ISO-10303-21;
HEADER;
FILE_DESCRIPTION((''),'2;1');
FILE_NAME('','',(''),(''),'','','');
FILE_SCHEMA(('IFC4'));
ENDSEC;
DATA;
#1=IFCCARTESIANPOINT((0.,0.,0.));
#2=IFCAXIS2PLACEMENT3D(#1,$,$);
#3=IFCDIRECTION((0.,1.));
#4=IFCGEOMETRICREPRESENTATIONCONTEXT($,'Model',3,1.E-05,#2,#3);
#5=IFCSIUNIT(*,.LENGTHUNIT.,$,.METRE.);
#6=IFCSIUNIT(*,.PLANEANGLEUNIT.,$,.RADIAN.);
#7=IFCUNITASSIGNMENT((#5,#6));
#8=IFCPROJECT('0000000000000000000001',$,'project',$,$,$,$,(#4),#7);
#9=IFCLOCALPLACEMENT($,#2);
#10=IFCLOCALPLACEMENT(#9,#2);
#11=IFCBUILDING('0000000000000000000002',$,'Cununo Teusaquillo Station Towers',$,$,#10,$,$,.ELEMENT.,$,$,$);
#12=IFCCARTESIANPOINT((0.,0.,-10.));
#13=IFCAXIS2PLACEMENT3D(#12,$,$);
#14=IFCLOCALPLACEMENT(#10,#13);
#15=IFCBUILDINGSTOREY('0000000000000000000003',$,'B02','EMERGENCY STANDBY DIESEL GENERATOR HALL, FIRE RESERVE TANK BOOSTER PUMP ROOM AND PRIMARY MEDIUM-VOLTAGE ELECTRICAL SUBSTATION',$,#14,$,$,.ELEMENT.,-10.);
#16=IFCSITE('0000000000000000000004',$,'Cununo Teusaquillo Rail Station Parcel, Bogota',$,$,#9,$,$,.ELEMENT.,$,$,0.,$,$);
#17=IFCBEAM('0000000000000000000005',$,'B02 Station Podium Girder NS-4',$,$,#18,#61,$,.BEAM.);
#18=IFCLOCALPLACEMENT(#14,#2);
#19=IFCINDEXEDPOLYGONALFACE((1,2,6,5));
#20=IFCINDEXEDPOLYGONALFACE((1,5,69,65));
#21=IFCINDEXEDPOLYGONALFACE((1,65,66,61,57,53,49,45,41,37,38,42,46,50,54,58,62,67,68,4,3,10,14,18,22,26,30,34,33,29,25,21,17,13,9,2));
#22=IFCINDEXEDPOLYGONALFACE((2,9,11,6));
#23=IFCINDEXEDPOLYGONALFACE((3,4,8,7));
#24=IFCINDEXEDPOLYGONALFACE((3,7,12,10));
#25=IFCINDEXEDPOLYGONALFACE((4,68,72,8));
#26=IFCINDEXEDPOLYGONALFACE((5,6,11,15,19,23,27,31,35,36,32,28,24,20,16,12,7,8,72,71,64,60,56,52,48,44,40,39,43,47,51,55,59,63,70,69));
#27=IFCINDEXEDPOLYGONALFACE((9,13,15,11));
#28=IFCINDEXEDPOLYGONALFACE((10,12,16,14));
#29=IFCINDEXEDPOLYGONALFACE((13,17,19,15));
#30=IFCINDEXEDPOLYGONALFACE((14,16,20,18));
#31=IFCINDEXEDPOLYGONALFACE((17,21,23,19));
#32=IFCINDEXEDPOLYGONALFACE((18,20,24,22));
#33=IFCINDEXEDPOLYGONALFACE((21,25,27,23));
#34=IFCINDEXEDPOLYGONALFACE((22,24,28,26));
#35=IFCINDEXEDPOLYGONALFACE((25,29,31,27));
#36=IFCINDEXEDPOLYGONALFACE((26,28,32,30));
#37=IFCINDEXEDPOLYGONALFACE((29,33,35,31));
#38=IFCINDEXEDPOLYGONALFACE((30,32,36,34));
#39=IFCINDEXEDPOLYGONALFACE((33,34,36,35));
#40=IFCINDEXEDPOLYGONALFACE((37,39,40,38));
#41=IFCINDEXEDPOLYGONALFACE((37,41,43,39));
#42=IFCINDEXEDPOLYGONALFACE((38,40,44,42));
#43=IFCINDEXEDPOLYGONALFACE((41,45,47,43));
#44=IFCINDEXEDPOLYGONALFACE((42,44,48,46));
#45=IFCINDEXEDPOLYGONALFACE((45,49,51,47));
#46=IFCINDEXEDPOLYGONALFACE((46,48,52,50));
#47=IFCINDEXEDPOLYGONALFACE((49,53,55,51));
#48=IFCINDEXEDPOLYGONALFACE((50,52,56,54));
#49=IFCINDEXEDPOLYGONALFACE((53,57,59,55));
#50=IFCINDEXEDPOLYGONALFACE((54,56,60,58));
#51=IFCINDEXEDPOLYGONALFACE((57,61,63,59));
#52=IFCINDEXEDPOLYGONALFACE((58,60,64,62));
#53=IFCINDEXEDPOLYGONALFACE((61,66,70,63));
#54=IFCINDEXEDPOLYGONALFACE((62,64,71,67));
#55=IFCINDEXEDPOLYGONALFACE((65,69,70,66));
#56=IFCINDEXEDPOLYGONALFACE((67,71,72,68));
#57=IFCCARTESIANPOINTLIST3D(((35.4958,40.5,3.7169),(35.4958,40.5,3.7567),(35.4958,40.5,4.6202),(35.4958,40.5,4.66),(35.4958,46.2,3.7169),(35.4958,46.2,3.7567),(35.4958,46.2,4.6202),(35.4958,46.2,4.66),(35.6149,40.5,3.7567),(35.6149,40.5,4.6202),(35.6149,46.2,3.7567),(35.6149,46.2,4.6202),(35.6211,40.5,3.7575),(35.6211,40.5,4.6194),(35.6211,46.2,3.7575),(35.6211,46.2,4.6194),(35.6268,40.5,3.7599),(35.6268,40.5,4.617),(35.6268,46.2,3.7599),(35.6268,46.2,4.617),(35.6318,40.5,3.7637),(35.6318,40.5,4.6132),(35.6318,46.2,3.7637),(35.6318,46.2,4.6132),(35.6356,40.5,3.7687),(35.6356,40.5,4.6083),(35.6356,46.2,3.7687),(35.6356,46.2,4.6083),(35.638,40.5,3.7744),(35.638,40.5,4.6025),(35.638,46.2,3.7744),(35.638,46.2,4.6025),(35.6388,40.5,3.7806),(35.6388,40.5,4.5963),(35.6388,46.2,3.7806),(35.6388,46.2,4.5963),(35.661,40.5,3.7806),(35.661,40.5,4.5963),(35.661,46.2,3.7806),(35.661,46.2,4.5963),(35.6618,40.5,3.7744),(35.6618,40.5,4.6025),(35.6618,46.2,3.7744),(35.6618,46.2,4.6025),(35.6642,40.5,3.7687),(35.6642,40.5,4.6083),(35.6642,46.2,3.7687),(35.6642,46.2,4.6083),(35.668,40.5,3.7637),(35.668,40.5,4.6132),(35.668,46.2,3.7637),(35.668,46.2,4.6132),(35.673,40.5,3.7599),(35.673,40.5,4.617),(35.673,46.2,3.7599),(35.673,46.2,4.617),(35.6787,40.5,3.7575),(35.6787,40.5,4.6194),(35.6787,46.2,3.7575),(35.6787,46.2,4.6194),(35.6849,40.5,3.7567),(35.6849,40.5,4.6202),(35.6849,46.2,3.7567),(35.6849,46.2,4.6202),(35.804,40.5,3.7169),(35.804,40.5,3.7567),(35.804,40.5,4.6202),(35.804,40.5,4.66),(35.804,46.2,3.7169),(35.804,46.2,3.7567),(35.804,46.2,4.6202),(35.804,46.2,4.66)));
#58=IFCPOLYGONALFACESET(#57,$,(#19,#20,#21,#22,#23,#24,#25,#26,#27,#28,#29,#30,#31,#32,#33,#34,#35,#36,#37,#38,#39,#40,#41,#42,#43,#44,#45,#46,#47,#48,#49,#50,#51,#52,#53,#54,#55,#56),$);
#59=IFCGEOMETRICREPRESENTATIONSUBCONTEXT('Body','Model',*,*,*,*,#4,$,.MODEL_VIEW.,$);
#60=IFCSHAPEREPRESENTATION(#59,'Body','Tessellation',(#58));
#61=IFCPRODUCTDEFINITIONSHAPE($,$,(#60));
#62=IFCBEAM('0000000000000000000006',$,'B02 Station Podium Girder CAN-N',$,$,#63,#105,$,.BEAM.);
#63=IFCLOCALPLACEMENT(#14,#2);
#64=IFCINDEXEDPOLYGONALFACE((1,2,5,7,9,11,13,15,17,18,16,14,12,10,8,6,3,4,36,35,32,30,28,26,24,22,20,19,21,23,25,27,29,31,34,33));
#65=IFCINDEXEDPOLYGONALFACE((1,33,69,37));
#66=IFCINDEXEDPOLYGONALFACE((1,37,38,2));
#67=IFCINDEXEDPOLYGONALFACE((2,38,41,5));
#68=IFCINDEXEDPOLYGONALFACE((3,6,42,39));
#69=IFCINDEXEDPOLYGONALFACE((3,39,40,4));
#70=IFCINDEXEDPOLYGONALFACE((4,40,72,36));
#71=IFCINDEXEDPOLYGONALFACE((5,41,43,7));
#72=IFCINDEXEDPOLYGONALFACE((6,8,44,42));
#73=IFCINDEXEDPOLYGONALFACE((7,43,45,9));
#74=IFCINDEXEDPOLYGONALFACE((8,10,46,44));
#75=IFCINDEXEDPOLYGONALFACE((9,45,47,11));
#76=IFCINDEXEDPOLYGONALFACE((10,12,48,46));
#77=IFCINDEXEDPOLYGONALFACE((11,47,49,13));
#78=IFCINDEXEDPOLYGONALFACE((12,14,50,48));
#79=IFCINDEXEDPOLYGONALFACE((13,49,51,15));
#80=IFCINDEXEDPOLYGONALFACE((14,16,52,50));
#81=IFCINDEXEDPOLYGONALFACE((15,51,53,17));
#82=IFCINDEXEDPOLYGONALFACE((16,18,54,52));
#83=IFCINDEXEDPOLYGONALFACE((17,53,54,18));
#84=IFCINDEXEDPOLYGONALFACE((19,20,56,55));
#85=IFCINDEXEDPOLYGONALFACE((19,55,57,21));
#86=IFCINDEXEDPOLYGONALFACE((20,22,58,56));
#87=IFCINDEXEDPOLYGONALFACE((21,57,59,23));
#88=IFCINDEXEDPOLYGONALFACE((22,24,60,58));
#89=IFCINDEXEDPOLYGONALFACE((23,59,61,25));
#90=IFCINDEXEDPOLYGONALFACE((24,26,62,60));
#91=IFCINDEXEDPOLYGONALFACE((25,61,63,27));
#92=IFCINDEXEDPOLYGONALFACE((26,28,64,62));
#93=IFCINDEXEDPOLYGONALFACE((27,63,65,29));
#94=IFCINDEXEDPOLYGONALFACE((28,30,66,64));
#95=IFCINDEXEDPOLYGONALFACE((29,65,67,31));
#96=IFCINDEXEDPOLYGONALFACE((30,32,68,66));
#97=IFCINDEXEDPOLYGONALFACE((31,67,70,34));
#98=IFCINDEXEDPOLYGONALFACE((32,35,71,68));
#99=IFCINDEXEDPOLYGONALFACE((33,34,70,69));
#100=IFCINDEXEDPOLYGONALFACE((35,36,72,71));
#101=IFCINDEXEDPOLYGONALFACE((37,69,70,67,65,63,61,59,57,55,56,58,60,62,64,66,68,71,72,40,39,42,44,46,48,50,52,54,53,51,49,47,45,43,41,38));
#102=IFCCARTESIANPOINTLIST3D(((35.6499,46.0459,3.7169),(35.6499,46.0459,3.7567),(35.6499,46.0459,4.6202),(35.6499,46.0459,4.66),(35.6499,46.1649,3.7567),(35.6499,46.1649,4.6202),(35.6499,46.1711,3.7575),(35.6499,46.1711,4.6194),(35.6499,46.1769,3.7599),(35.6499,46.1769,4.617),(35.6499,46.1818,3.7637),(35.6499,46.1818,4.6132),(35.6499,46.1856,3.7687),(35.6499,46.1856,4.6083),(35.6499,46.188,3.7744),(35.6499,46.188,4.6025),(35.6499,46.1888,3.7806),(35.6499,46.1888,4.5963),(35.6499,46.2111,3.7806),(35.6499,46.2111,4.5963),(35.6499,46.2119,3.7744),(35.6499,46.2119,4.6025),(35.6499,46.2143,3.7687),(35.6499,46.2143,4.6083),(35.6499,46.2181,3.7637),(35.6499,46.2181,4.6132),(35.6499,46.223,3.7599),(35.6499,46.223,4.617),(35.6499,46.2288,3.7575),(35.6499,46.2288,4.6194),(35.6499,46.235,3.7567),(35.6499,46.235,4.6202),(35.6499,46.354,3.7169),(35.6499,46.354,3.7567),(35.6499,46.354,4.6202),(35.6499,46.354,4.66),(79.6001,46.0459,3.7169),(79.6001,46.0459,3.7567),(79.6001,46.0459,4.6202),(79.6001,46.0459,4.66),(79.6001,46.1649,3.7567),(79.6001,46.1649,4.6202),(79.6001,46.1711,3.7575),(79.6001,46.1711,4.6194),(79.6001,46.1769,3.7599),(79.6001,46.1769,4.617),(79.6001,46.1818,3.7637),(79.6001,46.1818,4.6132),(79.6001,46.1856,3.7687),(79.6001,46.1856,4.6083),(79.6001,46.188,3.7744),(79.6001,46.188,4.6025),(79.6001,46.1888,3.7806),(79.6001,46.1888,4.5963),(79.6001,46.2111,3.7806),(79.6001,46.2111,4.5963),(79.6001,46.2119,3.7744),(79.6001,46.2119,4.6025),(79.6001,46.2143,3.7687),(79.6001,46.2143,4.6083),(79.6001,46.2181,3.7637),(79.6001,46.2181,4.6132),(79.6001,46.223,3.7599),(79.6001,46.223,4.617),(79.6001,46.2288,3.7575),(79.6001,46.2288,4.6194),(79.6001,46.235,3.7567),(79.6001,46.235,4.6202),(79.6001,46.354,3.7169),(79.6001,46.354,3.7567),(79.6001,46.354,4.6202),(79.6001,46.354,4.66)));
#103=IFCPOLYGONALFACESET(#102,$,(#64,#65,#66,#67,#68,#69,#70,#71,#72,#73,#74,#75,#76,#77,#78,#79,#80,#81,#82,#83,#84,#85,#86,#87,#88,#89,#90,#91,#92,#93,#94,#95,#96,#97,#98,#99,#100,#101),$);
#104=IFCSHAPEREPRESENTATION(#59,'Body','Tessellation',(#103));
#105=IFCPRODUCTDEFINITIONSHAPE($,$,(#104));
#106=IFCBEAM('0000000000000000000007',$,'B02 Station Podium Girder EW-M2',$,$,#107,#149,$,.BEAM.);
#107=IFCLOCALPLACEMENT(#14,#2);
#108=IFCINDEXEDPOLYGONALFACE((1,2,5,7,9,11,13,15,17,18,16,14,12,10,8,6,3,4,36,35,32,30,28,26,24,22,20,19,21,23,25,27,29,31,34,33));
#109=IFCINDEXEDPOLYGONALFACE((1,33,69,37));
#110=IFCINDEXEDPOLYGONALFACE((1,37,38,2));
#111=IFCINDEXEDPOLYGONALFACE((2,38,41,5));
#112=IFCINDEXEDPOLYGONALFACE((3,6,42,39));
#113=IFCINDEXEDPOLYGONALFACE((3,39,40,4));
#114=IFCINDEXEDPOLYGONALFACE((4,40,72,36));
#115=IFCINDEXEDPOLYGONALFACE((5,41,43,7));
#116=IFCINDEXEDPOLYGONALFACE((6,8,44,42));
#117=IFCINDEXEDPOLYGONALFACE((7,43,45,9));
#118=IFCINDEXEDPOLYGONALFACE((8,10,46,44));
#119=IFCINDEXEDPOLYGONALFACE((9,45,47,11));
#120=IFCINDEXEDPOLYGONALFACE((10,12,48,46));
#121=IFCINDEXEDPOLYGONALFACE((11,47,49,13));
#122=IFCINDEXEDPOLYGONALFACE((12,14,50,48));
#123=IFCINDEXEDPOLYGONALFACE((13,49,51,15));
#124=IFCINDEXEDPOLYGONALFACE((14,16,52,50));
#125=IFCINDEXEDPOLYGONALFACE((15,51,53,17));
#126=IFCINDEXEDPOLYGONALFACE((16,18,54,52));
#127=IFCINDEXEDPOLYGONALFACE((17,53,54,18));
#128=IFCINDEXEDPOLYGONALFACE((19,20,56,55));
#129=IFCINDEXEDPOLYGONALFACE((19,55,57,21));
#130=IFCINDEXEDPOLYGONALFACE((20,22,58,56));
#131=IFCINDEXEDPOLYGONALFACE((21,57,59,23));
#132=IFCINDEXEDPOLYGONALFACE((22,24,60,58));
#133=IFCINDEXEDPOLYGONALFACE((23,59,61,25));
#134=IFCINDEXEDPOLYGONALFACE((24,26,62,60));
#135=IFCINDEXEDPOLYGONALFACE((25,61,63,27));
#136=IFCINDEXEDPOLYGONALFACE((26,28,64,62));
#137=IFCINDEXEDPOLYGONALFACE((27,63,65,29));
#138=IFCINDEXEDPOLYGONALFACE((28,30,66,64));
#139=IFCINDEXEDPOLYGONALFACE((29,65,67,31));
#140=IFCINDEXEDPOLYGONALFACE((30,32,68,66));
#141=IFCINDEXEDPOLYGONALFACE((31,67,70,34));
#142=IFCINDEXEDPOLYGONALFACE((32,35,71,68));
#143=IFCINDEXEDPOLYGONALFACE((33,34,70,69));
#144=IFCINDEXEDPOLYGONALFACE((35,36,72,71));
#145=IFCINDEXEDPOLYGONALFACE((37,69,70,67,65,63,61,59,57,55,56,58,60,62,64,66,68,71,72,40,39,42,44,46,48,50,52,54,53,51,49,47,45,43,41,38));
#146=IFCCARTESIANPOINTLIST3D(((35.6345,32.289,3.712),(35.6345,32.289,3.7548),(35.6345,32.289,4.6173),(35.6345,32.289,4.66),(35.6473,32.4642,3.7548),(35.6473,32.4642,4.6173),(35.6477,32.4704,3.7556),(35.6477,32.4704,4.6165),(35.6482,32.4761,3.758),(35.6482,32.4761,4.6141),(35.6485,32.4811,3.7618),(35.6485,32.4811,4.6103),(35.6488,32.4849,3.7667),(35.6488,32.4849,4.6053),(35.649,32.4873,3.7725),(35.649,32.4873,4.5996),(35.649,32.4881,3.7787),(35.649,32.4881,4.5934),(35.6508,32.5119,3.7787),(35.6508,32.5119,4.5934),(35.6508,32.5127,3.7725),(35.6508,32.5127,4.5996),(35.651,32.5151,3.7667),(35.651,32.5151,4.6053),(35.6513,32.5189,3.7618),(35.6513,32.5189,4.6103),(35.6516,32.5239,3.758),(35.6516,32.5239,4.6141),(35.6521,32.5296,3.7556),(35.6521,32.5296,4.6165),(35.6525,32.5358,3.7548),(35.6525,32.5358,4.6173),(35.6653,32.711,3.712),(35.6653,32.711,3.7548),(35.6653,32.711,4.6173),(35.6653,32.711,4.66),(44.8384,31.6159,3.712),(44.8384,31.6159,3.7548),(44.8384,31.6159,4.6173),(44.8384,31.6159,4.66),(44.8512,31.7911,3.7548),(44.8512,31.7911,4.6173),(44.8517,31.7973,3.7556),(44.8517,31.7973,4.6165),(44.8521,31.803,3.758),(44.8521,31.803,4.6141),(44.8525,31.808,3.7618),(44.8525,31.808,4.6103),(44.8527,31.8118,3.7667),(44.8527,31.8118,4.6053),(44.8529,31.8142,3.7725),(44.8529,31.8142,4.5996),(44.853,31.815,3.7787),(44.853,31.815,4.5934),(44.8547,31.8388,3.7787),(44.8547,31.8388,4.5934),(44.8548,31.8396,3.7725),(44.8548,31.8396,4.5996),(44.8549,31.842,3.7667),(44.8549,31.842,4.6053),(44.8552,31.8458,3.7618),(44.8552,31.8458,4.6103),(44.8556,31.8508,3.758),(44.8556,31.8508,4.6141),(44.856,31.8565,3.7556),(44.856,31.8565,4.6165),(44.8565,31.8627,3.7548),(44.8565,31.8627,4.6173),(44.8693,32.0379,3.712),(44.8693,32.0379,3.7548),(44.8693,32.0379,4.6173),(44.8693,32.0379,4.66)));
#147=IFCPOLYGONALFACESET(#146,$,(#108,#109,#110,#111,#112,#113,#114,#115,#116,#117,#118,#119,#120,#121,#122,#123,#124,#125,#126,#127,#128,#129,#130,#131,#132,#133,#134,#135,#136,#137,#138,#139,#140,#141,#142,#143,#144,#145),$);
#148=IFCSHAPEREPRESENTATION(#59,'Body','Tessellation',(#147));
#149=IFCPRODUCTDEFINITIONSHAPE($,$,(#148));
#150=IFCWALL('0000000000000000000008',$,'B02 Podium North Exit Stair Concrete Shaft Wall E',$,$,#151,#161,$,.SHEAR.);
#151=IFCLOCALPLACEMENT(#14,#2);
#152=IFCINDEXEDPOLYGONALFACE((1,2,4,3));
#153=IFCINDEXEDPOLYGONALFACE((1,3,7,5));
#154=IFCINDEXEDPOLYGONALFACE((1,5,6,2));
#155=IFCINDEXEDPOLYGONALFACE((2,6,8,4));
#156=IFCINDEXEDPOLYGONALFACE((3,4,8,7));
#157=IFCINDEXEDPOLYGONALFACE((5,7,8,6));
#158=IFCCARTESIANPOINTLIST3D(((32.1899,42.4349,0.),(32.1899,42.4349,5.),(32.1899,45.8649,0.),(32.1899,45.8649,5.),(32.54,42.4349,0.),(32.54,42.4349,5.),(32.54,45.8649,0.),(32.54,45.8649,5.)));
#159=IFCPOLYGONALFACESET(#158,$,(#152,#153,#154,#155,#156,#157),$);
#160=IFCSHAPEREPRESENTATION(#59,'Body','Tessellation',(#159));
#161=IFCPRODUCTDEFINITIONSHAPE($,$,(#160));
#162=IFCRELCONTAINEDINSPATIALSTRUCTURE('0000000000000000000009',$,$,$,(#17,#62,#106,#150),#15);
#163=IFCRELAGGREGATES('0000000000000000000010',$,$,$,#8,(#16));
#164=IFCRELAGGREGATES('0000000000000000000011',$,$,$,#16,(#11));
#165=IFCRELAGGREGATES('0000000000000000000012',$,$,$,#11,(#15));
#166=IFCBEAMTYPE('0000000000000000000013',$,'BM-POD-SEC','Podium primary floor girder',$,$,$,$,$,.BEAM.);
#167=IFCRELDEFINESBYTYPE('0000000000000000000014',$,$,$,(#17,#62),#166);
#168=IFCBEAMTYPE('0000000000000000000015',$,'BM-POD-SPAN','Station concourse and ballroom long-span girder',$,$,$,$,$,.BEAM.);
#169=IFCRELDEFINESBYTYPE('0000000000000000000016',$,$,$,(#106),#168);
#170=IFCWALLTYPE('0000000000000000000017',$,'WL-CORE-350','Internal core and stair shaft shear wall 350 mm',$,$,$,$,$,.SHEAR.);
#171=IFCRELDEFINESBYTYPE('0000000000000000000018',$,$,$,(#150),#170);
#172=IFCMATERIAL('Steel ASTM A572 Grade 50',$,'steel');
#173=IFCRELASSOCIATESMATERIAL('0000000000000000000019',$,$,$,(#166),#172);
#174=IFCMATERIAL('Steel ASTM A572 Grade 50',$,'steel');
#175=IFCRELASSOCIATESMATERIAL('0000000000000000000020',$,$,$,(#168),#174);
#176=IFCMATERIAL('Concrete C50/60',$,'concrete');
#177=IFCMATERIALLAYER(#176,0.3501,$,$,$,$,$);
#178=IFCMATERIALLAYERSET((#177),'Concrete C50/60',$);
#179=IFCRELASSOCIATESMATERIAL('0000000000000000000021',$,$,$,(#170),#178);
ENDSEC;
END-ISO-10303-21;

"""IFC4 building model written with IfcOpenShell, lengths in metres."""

from ifc_helpers import new_model, si_unit, direction, frame, frame_2d, origin, origin_2d, place, context, subcontext, project, spatial, rectangle, i_section, extrude, material, layer, layer_set, material_profile, profile_set, type_object, element, save


model = new_model("IFC4")

# Units and contexts
model_context = context("Model", 3, precision=1e-05, world=origin(), true_north=direction((0.0, 1.0)))
body_context = subcontext(model_context, "Body", "Model", "MODEL_VIEW")
ifc_project = project(units=[si_unit("LENGTHUNIT", "METRE"), si_unit("PLANEANGLEUNIT", "RADIAN")], contexts=[model_context])

# Site, building, storey
site_placement = place(None, origin())
site = spatial("IfcSite", under=ifc_project, at=site_placement, Name="Cununo Teusaquillo Rail Station Parcel, Bogota", CompositionType="ELEMENT", RefElevation=0.0)
building_placement = place(site_placement, origin())
building = spatial("IfcBuilding", under=site, at=building_placement, Name="Cununo Teusaquillo Station Towers", CompositionType="ELEMENT")
storey_placement = place(building_placement, frame((0.0, 0.0, -10.0)))
storey = spatial("IfcBuildingStorey", under=building, at=storey_placement, Name="B02", Description="EMERGENCY STANDBY DIESEL GENERATOR HALL, FIRE RESERVE TANK BOOSTER PUMP ROOM AND PRIMARY MEDIUM-VOLTAGE ELECTRICAL SUBSTATION", CompositionType="ELEMENT", Elevation=-10.0)

# Beams
ifc_material_1 = material(Name="Steel ASTM A572 Grade 50", Category="steel")
ifc_material_profile_1 = material_profile(ifc_material_1, i_section(OverallWidth=0.3081, OverallDepth=0.9431, WebThickness=0.0222, FlangeThickness=0.0398, FilletRadius=0.0239, at=origin_2d()), Name="W36X232")
ifc_profile_set_1 = profile_set([ifc_material_profile_1], Name="Steel ASTM A572 Grade 50")
beam_type_1 = type_object("IfcBeamType", Name="BM-POD-SEC", Description="Podium primary floor girder", PredefinedType="BEAM", material=ifc_profile_set_1)
beam_1_placement = place(storey_placement, frame((35.6499, 40.5, 4.1885), z_axis=(0.0, 1.0, 0.0), x_axis=(-1.0, 0.0, 0.0)))
element("IfcBeam", 1, at=beam_1_placement, inside=storey, type_object=beam_type_1, Name="B02 Station Podium Girder NS-4", PredefinedType="BEAM", context=body_context, shape_type="SweptSolid", body=[
    extrude(i_section(OverallWidth=0.3081, OverallDepth=0.9431, WebThickness=0.0222, FlangeThickness=0.0398, FilletRadius=0.0239, at=origin_2d()), origin(), (0.0, 0.0, 1.0), 5.7),
])
beam_2_placement = place(storey_placement, frame((35.6499, 46.2, 4.1885), z_axis=(1.0, 0.0, 0.0), x_axis=(0.0, 1.0, 0.0)))
element("IfcBeam", 2, at=beam_2_placement, inside=storey, type_object=beam_type_1, Name="B02 Station Podium Girder CAN-N", PredefinedType="BEAM", context=body_context, shape_type="SweptSolid", body=[
    extrude(i_section(OverallWidth=0.3081, OverallDepth=0.9431, WebThickness=0.0222, FlangeThickness=0.0398, FilletRadius=0.0239, at=origin_2d()), origin(), (0.0, 0.0, 1.0), 43.9502),
])
ifc_material_2 = material(Name="Steel ASTM A572 Grade 50", Category="steel")
ifc_material_profile_2 = material_profile(ifc_material_2, i_section(OverallWidth=0.4231, OverallDepth=0.948, WebThickness=0.0239, FlangeThickness=0.0427, FilletRadius=0.0239, at=origin_2d()), Name="W36X302")
ifc_profile_set_2 = profile_set([ifc_material_profile_2], Name="Steel ASTM A572 Grade 50")
beam_type_2 = type_object("IfcBeamType", Name="BM-POD-SPAN", Description="Station concourse and ballroom long-span girder", PredefinedType="BEAM", material=ifc_profile_set_2)
beam_3_placement = place(storey_placement, frame((35.6499, 32.5, 4.186), z_axis=(0.997337, -0.072937, 0.0), x_axis=(0.072937, 0.997337, 0.0)))
element("IfcBeam", 3, at=beam_3_placement, inside=storey, type_object=beam_type_2, Name="B02 Station Podium Girder EW-M2", PredefinedType="BEAM", context=body_context, shape_type="SweptSolid", body=[
    extrude(i_section(OverallWidth=0.4231, OverallDepth=0.948, WebThickness=0.0239, FlangeThickness=0.0427, FilletRadius=0.0239, at=origin_2d()), origin(), (0.0, 0.0, 1.0), 9.2285),
])

# Wall
ifc_material_3 = material(Name="Concrete C50/60", Category="concrete")
ifc_layer_1 = layer(ifc_material_3, 0.3501)
ifc_layer_set_1 = layer_set([ifc_layer_1], Name="Concrete C50/60")
wall_type_1 = type_object("IfcWallType", Name="WL-CORE-350", Description="Internal core and stair shaft shear wall 350 mm", PredefinedType="SHEAR", material=ifc_layer_set_1)
wall_1_placement = place(storey_placement, frame((32.365, 42.4351, 0.0), z_axis=(0.0, 0.0, 1.0), x_axis=(0.0, 1.0, 0.0)))
element("IfcWall", 4, at=wall_1_placement, inside=storey, type_object=wall_type_1, Name="B02 Podium North Exit Stair Concrete Shaft Wall E", PredefinedType="SHEAR", context=body_context, shape_type="SweptSolid", body=[
    extrude(rectangle(XDim=3.4299, YDim=0.3501, at=frame_2d((1.7148, 0.0))), origin(), (0.0, 0.0, 1.0), 5.0),
])

save(model, "model.ifc")
